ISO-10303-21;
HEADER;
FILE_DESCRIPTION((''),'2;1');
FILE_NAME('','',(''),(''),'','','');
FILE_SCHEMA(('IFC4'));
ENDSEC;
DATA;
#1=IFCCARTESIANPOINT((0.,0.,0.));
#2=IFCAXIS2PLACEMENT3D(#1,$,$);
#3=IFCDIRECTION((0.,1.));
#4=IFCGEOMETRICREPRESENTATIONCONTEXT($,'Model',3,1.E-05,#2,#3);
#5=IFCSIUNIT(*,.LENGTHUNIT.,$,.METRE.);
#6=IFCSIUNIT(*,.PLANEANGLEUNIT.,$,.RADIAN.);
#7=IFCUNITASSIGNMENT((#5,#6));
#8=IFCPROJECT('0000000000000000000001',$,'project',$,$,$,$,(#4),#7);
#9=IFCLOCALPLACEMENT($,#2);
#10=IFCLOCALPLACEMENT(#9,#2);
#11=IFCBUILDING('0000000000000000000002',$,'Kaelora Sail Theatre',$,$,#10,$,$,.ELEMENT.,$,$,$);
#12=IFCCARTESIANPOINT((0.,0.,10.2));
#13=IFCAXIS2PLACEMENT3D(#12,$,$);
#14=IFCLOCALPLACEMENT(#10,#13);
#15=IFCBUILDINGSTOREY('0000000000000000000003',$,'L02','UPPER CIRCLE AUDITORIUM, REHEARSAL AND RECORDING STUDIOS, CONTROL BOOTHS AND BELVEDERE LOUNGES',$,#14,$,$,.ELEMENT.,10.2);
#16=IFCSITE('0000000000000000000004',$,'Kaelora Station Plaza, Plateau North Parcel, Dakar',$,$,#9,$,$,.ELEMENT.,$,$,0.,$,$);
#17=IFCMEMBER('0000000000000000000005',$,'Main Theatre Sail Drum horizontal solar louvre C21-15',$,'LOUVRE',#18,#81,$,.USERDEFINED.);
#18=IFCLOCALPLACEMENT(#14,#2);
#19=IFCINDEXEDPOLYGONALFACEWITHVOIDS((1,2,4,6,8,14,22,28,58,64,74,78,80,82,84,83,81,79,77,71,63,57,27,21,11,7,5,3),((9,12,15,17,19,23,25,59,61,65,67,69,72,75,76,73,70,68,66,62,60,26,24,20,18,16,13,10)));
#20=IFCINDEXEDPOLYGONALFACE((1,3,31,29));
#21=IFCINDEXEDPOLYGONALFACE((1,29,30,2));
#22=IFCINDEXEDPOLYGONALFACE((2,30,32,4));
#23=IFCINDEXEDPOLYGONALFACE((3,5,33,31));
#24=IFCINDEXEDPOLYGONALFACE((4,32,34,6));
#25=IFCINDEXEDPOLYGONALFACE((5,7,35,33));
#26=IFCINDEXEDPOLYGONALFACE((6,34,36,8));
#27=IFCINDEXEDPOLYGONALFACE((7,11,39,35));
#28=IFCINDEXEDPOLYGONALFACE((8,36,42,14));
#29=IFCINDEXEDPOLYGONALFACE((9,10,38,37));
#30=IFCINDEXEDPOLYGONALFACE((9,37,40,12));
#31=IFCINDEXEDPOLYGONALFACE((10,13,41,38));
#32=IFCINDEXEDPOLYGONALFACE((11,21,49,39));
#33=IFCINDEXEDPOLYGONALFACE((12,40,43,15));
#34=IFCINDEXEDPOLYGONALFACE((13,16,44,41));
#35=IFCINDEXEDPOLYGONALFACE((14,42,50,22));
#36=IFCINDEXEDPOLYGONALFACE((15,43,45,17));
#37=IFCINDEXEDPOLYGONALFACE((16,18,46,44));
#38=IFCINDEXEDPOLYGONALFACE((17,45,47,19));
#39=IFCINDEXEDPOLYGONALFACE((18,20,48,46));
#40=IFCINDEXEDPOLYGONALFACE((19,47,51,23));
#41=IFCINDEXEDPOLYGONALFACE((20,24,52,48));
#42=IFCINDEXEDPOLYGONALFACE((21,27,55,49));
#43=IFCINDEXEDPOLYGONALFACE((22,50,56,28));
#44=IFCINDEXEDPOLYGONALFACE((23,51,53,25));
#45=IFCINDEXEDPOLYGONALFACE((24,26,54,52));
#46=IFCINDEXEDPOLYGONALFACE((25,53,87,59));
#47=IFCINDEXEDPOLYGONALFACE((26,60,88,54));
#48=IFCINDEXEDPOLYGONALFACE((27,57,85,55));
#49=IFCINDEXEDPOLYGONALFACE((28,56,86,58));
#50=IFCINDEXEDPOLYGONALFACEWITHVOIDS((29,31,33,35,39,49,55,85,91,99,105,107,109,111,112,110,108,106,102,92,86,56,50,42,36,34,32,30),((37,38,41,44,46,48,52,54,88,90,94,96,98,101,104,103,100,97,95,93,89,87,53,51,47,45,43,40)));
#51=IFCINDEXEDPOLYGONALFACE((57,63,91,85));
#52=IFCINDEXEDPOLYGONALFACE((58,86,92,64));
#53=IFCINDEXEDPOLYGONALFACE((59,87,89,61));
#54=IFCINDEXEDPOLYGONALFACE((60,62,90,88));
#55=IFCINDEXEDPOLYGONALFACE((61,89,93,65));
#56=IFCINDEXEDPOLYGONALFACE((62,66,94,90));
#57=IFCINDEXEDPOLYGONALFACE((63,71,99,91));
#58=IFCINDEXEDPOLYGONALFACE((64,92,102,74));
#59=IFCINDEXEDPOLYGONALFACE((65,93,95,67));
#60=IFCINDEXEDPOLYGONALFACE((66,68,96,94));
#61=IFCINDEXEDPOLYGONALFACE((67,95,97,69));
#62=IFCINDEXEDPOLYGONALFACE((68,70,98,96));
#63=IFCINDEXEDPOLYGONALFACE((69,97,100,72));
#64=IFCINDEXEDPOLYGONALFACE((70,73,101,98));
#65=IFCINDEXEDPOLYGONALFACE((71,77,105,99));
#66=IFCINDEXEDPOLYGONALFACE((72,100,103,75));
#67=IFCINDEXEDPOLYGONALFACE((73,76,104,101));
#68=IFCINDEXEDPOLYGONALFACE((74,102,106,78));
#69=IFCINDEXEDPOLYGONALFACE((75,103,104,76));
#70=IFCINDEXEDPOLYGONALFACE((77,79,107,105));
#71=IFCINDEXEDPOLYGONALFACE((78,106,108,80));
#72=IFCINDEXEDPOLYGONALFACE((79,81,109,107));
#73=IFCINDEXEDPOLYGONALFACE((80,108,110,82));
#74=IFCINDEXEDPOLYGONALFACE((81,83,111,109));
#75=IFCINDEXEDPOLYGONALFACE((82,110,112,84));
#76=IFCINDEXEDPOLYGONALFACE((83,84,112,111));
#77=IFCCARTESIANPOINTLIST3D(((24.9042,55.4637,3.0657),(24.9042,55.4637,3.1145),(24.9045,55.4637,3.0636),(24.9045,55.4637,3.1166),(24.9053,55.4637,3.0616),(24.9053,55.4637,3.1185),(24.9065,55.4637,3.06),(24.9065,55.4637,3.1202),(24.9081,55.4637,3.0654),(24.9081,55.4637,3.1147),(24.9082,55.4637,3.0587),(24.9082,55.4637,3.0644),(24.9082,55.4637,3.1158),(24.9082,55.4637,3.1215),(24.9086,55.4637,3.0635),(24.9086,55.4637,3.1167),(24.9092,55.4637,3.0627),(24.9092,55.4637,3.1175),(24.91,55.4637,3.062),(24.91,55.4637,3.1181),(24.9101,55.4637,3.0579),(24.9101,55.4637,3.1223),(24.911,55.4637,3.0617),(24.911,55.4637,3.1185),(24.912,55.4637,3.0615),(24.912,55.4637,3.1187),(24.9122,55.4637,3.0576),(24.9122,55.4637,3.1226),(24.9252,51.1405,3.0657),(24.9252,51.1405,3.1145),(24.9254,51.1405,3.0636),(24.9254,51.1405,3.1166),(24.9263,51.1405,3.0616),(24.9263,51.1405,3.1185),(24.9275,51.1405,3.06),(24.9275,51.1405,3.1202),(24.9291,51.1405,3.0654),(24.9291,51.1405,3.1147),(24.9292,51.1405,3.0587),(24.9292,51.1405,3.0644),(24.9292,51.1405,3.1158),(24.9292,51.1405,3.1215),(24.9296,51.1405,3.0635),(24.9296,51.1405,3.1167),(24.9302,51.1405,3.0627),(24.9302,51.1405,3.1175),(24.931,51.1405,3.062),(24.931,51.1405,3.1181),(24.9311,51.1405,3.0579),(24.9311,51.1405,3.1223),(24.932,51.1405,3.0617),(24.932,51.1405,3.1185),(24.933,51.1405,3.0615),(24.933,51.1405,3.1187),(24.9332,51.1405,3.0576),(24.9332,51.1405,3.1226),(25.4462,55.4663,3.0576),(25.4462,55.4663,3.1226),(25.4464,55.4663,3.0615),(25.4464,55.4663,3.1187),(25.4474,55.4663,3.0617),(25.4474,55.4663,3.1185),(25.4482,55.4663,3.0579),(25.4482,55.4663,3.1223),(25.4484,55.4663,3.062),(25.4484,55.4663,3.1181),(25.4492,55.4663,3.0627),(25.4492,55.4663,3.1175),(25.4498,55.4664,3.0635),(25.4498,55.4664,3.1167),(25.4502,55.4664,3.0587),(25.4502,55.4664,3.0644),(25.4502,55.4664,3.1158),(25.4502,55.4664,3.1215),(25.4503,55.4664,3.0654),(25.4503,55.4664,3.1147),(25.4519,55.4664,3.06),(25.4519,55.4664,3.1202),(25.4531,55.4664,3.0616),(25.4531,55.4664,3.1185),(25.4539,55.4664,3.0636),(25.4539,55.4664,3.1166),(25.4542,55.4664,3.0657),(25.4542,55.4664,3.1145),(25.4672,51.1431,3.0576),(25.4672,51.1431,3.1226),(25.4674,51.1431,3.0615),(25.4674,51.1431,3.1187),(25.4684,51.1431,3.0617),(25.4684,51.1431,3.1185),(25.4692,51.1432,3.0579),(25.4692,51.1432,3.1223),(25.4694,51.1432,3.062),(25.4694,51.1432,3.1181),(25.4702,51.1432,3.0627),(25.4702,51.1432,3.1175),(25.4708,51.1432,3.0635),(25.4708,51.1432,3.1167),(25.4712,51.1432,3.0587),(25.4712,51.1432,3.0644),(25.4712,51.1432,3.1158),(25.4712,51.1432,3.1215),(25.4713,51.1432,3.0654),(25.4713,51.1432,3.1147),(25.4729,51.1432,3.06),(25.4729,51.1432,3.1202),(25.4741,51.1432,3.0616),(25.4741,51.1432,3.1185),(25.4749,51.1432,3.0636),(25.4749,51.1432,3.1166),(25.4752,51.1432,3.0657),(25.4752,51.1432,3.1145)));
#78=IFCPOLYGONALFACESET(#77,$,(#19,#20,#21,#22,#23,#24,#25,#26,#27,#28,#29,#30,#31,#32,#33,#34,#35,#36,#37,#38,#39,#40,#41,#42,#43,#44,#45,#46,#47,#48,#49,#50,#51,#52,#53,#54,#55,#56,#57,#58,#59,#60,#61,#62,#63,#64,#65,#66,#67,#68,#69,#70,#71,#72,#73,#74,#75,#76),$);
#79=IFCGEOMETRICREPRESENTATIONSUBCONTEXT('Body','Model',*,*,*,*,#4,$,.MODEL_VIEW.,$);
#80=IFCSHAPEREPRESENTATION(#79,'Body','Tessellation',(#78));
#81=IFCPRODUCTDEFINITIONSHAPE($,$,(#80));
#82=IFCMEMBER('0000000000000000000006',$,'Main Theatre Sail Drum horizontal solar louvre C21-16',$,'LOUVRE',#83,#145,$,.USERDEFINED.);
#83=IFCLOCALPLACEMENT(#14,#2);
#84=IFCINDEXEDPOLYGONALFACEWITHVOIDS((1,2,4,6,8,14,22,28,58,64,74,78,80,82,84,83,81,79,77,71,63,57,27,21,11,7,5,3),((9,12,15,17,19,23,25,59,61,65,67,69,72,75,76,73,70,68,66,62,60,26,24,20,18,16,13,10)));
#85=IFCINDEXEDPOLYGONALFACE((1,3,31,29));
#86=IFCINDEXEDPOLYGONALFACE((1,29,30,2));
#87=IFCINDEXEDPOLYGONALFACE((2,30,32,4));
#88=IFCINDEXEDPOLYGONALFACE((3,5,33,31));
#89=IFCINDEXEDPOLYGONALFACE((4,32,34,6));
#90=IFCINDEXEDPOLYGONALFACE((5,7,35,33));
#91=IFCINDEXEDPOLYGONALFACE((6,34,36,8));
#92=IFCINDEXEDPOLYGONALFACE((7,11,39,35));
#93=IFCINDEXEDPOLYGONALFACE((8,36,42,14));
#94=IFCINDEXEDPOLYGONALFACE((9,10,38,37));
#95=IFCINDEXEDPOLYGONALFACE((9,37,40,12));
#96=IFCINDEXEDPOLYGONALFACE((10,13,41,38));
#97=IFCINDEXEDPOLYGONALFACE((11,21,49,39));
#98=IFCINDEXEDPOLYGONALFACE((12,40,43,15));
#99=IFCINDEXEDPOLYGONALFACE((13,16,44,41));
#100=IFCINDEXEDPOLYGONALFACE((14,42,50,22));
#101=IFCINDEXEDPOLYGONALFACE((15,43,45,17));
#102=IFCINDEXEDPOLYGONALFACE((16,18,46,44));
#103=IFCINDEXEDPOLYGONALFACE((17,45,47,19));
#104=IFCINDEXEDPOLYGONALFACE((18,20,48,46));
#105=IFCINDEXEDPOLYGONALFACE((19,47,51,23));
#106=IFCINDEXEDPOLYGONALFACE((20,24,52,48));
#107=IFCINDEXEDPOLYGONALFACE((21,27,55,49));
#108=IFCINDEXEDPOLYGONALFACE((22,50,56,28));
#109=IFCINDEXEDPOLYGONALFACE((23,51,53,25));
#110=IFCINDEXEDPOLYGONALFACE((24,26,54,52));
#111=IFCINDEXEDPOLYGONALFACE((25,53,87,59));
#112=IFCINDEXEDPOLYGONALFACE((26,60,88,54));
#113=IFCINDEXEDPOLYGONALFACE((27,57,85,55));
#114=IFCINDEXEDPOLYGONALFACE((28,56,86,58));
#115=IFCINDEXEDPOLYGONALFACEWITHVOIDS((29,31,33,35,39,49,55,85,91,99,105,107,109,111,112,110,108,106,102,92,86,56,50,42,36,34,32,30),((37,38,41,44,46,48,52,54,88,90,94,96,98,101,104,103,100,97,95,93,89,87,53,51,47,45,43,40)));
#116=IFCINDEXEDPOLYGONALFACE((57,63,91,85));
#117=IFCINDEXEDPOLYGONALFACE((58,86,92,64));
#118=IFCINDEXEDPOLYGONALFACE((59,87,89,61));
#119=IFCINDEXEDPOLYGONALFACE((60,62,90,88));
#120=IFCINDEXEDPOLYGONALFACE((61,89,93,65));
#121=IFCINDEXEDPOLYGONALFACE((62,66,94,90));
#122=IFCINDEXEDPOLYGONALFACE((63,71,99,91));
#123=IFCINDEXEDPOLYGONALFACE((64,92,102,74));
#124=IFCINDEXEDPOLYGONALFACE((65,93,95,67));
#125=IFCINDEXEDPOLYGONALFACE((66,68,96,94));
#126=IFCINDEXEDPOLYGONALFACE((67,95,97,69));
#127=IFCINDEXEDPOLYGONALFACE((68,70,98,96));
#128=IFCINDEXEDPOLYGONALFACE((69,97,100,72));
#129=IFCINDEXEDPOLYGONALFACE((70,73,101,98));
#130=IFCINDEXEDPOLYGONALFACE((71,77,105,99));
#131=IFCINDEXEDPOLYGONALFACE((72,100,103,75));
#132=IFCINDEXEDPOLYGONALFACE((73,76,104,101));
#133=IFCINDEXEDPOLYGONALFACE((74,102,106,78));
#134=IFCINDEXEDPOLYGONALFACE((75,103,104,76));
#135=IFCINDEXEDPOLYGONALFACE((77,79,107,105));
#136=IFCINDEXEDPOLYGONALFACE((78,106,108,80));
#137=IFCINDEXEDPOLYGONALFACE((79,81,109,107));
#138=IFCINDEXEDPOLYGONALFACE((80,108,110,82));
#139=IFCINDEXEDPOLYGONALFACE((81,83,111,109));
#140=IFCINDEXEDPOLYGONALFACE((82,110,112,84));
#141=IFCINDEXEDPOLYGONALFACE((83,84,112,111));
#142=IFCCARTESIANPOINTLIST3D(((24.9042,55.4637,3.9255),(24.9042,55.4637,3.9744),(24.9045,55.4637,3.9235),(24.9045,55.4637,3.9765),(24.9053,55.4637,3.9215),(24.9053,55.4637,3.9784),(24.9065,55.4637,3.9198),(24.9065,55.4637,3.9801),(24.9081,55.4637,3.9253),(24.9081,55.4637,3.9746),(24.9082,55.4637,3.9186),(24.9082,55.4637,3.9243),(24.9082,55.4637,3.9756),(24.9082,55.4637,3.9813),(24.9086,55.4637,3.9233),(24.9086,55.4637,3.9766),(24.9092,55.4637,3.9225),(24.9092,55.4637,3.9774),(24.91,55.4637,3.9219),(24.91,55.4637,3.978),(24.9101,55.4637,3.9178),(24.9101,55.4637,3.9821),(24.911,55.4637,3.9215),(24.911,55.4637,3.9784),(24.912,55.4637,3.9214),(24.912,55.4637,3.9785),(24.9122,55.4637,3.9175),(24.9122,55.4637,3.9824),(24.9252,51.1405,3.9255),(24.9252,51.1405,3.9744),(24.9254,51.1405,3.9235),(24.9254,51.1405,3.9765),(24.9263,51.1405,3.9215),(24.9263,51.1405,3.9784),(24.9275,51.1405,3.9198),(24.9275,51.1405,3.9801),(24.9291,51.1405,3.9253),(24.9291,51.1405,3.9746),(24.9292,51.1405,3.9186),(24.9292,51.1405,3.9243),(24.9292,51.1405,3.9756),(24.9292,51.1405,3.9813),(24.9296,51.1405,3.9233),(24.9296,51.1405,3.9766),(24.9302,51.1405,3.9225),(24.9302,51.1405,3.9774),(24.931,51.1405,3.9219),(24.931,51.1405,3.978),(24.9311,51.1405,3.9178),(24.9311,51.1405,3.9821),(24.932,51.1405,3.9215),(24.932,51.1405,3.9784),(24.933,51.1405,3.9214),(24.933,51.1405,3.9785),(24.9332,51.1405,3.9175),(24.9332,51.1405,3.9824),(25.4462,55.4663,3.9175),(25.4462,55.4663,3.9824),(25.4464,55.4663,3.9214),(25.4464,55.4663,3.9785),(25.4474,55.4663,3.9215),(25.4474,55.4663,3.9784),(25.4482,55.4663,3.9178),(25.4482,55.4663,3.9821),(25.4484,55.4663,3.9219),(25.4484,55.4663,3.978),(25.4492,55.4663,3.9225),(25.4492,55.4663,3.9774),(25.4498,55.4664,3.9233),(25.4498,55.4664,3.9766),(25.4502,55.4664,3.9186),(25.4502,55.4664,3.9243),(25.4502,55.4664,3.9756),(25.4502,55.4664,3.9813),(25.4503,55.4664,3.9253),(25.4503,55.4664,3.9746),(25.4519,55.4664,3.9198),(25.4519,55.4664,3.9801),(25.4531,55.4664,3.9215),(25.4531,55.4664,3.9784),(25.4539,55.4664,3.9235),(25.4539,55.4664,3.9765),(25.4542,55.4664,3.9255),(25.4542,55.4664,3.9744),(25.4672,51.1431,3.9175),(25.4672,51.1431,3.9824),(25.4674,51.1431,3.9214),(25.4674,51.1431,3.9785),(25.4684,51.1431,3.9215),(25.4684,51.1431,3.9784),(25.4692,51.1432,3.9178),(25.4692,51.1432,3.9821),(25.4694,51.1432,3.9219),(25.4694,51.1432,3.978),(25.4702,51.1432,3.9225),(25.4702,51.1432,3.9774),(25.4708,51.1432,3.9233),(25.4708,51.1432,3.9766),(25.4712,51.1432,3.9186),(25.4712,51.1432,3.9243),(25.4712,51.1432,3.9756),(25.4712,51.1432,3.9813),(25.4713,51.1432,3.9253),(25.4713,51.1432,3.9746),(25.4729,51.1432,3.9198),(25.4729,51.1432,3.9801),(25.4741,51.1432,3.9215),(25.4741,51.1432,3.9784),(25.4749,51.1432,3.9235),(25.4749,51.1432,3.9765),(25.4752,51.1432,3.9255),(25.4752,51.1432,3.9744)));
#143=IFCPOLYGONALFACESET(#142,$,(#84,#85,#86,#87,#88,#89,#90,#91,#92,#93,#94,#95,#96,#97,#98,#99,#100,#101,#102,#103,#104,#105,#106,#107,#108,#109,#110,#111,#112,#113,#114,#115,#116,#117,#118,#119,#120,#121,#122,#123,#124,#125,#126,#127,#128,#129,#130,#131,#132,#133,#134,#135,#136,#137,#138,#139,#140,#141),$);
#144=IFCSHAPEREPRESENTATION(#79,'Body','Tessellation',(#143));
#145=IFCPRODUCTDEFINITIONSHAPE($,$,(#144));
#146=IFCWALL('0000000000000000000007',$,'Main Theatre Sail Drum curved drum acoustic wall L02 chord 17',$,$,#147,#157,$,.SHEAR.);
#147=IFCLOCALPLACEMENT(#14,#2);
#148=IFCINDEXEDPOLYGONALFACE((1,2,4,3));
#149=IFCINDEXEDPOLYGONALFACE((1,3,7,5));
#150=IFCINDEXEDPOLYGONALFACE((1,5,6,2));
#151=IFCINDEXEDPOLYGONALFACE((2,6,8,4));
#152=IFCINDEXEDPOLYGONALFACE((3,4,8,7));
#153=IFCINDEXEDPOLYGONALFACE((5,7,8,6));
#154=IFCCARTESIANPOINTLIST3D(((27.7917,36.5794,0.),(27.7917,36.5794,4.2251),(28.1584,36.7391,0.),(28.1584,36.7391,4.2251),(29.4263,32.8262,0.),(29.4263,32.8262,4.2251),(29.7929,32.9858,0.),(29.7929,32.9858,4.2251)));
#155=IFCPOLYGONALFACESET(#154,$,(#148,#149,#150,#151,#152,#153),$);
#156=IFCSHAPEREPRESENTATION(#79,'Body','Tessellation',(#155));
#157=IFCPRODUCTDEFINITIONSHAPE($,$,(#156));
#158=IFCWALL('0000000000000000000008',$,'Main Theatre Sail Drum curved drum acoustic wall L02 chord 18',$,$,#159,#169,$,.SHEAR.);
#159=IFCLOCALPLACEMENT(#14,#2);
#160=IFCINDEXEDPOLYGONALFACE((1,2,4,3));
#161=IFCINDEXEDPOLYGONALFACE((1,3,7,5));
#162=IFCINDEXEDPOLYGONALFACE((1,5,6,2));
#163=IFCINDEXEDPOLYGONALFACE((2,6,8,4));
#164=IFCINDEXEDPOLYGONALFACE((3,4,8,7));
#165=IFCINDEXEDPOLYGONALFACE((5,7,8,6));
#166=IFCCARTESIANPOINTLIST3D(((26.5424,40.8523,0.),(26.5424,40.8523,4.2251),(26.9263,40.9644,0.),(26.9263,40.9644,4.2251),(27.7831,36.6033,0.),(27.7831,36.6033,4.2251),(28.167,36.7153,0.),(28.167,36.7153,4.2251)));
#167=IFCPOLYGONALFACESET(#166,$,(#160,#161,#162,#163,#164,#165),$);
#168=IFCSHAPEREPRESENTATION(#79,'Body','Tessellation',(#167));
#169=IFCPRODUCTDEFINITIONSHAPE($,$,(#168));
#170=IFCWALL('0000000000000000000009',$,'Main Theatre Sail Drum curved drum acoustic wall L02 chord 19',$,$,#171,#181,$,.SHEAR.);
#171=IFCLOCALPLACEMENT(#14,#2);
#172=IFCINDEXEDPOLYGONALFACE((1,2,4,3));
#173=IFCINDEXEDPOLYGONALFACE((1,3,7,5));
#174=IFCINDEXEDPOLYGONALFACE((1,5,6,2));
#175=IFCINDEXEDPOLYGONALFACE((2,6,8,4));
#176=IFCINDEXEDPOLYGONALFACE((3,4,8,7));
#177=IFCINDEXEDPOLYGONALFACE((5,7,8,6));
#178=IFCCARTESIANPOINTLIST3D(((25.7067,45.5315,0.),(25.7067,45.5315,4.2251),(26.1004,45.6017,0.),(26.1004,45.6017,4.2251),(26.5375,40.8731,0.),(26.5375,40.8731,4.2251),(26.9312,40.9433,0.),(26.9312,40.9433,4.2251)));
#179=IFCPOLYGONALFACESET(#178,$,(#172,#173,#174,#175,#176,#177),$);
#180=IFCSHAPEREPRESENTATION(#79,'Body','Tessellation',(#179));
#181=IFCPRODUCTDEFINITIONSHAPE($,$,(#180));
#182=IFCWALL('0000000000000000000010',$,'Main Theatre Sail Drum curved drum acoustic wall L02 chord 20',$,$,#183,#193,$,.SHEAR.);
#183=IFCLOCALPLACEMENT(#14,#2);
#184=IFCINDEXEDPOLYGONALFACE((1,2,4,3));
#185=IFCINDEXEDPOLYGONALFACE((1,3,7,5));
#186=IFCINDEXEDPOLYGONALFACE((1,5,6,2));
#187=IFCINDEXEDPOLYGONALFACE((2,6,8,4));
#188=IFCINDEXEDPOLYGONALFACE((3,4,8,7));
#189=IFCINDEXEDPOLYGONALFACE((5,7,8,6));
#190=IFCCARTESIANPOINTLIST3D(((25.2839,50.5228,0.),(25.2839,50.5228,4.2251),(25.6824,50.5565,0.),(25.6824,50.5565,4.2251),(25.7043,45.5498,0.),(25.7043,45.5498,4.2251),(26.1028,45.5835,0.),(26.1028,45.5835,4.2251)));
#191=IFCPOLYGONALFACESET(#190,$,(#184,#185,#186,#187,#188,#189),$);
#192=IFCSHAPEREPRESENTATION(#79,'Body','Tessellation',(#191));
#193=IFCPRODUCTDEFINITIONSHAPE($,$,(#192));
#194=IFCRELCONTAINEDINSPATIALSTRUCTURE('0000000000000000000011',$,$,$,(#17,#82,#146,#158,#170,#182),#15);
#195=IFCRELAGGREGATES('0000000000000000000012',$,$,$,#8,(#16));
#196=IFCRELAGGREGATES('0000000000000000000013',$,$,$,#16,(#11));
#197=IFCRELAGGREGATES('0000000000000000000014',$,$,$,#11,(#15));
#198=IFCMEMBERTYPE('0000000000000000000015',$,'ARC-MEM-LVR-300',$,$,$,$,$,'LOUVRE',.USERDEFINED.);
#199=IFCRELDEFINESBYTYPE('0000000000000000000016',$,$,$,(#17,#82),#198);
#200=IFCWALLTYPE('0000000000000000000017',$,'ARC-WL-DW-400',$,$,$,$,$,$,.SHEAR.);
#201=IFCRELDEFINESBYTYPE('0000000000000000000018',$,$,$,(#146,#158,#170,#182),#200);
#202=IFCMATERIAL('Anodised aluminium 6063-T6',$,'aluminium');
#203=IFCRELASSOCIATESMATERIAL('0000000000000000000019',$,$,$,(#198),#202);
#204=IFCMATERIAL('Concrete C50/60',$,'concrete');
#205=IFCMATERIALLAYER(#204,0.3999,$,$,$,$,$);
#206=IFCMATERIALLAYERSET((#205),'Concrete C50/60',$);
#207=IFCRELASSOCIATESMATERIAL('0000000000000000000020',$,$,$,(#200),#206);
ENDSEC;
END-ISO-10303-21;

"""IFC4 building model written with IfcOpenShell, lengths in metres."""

from ifc_helpers import new_model, si_unit, direction, frame, frame_2d, origin, origin_2d, place, context, subcontext, project, spatial, rectangle, hollow_rectangle, extrude, material, layer, layer_set, material_profile, profile_set, type_object, element, save


model = new_model("IFC4")

# Units and contexts
model_context = context("Model", 3, precision=1e-05, world=origin(), true_north=direction((0.0, 1.0)))
body_context = subcontext(model_context, "Body", "Model", "MODEL_VIEW")
ifc_project = project(units=[si_unit("LENGTHUNIT", "METRE"), si_unit("PLANEANGLEUNIT", "RADIAN")], contexts=[model_context])

# Site, building, storey
site_placement = place(None, origin())
site = spatial("IfcSite", under=ifc_project, at=site_placement, Name="Kaelora Station Plaza, Plateau North Parcel, Dakar", CompositionType="ELEMENT", RefElevation=0.0)
building_placement = place(site_placement, origin())
building = spatial("IfcBuilding", under=site, at=building_placement, Name="Kaelora Sail Theatre", CompositionType="ELEMENT")
storey_placement = place(building_placement, frame((0.0, 0.0, 10.2)))
storey = spatial("IfcBuildingStorey", under=building, at=storey_placement, Name="L02", Description="UPPER CIRCLE AUDITORIUM, REHEARSAL AND RECORDING STUDIOS, CONTROL BOOTHS AND BELVEDERE LOUNGES", CompositionType="ELEMENT", Elevation=10.2)

# Members
ifc_material_1 = material(Name="Anodised aluminium 6063-T6", Category="aluminium")
ifc_material_profile_1 = material_profile(ifc_material_1, hollow_rectangle(XDim=0.55, YDim=0.0649, WallThickness=0.0039, InnerFilletRadius=0.0039, OuterFilletRadius=0.0081, at=origin_2d()), Name="LOUVRE 550x65x4")
ifc_profile_set_1 = profile_set([ifc_material_profile_1], Name="Anodised aluminium 6063-T6")
member_type = type_object("IfcMemberType", Name="ARC-MEM-LVR-300", ElementType="LOUVRE", PredefinedType="USERDEFINED", material=ifc_profile_set_1)
for number, where, z_axis, x_axis, name in (
    (1, (25.2002, 51.1418, 3.0901), (-0.004857, 0.999988, 0.0), (-0.999988, -0.004857, 0.0), "Main Theatre Sail Drum horizontal solar louvre C21-15"),
    (2, (25.2002, 51.1418, 3.95), (-0.004857, 0.999988, 0.0), (-0.999988, -0.004857, 0.0), "Main Theatre Sail Drum horizontal solar louvre C21-16"),
):
    element("IfcMember", number, at=place(storey_placement, frame(where, z_axis=z_axis, x_axis=x_axis)), inside=storey, type_object=member_type, Name=name, ObjectType="LOUVRE", PredefinedType="USERDEFINED", context=body_context, shape_type="SweptSolid", body=[
        extrude(hollow_rectangle(XDim=0.55, YDim=0.0649, WallThickness=0.0039, InnerFilletRadius=0.0039, OuterFilletRadius=0.0081, at=origin_2d()), origin(), (0.0, 0.0, 1.0), 4.3232),
    ])

# Walls
ifc_material_2 = material(Name="Concrete C50/60", Category="concrete")
ifc_layer_1 = layer(ifc_material_2, 0.3999)
ifc_layer_set_1 = layer_set([ifc_layer_1], Name="Concrete C50/60")
wall_type_1 = type_object("IfcWallType", Name="ARC-WL-DW-400", PredefinedType="SHEAR", material=ifc_layer_set_1)
wall_1_placement = place(storey_placement, frame((29.6096, 32.906, 0.0), z_axis=(0.0, 0.0, 1.0), x_axis=(-0.399282, 0.916828, 0.0)))
element("IfcWall", 3, at=wall_1_placement, inside=storey, type_object=wall_type_1, Name="Main Theatre Sail Drum curved drum acoustic wall L02 chord 17", PredefinedType="SHEAR", context=body_context, shape_type="SweptSolid", body=[
    extrude(rectangle(XDim=4.0938, YDim=0.3999, at=frame_2d((2.0469, 0.0))), origin(), (0.0, 0.0, 1.0), 4.2251),
])
wall_2_placement = place(storey_placement, frame((27.9751, 36.6592, 0.0), z_axis=(0.0, 0.0, 1.0), x_axis=(-0.280296, 0.959913, 0.0)))
element("IfcWall", 4, at=wall_2_placement, inside=storey, type_object=wall_type_1, Name="Main Theatre Sail Drum curved drum acoustic wall L02 chord 18", PredefinedType="SHEAR", context=body_context, shape_type="SweptSolid", body=[
    extrude(rectangle(XDim=4.4265, YDim=0.3999, at=frame_2d((2.2134, 0.0))), origin(), (0.0, 0.0, 1.0), 4.2251),
])
wall_3_placement = place(storey_placement, frame((26.7344, 40.9082, 0.0), z_axis=(0.0, 0.0, 1.0), x_axis=(-0.175575, 0.984466, 0.0)))
element("IfcWall", 5, at=wall_3_placement, inside=storey, type_object=wall_type_1, Name="Main Theatre Sail Drum curved drum acoustic wall L02 chord 19", PredefinedType="SHEAR", context=body_context, shape_type="SweptSolid", body=[
    extrude(rectangle(XDim=4.7319, YDim=0.3999, at=frame_2d((2.366, 0.0))), origin(), (0.0, 0.0, 1.0), 4.2251),
])
wall_4_placement = place(storey_placement, frame((25.9036, 45.5667, 0.0), z_axis=(0.0, 0.0, 1.0), x_axis=(-0.08424, 0.996446, 0.0)))
element("IfcWall", 6, at=wall_4_placement, inside=storey, type_object=wall_type_1, Name="Main Theatre Sail Drum curved drum acoustic wall L02 chord 20", PredefinedType="SHEAR", context=body_context, shape_type="SweptSolid", body=[
    extrude(rectangle(XDim=4.9907, YDim=0.3999, at=frame_2d((2.4954, 0.0))), origin(), (0.0, 0.0, 1.0), 4.2251),
])

save(model, "model.ifc")
